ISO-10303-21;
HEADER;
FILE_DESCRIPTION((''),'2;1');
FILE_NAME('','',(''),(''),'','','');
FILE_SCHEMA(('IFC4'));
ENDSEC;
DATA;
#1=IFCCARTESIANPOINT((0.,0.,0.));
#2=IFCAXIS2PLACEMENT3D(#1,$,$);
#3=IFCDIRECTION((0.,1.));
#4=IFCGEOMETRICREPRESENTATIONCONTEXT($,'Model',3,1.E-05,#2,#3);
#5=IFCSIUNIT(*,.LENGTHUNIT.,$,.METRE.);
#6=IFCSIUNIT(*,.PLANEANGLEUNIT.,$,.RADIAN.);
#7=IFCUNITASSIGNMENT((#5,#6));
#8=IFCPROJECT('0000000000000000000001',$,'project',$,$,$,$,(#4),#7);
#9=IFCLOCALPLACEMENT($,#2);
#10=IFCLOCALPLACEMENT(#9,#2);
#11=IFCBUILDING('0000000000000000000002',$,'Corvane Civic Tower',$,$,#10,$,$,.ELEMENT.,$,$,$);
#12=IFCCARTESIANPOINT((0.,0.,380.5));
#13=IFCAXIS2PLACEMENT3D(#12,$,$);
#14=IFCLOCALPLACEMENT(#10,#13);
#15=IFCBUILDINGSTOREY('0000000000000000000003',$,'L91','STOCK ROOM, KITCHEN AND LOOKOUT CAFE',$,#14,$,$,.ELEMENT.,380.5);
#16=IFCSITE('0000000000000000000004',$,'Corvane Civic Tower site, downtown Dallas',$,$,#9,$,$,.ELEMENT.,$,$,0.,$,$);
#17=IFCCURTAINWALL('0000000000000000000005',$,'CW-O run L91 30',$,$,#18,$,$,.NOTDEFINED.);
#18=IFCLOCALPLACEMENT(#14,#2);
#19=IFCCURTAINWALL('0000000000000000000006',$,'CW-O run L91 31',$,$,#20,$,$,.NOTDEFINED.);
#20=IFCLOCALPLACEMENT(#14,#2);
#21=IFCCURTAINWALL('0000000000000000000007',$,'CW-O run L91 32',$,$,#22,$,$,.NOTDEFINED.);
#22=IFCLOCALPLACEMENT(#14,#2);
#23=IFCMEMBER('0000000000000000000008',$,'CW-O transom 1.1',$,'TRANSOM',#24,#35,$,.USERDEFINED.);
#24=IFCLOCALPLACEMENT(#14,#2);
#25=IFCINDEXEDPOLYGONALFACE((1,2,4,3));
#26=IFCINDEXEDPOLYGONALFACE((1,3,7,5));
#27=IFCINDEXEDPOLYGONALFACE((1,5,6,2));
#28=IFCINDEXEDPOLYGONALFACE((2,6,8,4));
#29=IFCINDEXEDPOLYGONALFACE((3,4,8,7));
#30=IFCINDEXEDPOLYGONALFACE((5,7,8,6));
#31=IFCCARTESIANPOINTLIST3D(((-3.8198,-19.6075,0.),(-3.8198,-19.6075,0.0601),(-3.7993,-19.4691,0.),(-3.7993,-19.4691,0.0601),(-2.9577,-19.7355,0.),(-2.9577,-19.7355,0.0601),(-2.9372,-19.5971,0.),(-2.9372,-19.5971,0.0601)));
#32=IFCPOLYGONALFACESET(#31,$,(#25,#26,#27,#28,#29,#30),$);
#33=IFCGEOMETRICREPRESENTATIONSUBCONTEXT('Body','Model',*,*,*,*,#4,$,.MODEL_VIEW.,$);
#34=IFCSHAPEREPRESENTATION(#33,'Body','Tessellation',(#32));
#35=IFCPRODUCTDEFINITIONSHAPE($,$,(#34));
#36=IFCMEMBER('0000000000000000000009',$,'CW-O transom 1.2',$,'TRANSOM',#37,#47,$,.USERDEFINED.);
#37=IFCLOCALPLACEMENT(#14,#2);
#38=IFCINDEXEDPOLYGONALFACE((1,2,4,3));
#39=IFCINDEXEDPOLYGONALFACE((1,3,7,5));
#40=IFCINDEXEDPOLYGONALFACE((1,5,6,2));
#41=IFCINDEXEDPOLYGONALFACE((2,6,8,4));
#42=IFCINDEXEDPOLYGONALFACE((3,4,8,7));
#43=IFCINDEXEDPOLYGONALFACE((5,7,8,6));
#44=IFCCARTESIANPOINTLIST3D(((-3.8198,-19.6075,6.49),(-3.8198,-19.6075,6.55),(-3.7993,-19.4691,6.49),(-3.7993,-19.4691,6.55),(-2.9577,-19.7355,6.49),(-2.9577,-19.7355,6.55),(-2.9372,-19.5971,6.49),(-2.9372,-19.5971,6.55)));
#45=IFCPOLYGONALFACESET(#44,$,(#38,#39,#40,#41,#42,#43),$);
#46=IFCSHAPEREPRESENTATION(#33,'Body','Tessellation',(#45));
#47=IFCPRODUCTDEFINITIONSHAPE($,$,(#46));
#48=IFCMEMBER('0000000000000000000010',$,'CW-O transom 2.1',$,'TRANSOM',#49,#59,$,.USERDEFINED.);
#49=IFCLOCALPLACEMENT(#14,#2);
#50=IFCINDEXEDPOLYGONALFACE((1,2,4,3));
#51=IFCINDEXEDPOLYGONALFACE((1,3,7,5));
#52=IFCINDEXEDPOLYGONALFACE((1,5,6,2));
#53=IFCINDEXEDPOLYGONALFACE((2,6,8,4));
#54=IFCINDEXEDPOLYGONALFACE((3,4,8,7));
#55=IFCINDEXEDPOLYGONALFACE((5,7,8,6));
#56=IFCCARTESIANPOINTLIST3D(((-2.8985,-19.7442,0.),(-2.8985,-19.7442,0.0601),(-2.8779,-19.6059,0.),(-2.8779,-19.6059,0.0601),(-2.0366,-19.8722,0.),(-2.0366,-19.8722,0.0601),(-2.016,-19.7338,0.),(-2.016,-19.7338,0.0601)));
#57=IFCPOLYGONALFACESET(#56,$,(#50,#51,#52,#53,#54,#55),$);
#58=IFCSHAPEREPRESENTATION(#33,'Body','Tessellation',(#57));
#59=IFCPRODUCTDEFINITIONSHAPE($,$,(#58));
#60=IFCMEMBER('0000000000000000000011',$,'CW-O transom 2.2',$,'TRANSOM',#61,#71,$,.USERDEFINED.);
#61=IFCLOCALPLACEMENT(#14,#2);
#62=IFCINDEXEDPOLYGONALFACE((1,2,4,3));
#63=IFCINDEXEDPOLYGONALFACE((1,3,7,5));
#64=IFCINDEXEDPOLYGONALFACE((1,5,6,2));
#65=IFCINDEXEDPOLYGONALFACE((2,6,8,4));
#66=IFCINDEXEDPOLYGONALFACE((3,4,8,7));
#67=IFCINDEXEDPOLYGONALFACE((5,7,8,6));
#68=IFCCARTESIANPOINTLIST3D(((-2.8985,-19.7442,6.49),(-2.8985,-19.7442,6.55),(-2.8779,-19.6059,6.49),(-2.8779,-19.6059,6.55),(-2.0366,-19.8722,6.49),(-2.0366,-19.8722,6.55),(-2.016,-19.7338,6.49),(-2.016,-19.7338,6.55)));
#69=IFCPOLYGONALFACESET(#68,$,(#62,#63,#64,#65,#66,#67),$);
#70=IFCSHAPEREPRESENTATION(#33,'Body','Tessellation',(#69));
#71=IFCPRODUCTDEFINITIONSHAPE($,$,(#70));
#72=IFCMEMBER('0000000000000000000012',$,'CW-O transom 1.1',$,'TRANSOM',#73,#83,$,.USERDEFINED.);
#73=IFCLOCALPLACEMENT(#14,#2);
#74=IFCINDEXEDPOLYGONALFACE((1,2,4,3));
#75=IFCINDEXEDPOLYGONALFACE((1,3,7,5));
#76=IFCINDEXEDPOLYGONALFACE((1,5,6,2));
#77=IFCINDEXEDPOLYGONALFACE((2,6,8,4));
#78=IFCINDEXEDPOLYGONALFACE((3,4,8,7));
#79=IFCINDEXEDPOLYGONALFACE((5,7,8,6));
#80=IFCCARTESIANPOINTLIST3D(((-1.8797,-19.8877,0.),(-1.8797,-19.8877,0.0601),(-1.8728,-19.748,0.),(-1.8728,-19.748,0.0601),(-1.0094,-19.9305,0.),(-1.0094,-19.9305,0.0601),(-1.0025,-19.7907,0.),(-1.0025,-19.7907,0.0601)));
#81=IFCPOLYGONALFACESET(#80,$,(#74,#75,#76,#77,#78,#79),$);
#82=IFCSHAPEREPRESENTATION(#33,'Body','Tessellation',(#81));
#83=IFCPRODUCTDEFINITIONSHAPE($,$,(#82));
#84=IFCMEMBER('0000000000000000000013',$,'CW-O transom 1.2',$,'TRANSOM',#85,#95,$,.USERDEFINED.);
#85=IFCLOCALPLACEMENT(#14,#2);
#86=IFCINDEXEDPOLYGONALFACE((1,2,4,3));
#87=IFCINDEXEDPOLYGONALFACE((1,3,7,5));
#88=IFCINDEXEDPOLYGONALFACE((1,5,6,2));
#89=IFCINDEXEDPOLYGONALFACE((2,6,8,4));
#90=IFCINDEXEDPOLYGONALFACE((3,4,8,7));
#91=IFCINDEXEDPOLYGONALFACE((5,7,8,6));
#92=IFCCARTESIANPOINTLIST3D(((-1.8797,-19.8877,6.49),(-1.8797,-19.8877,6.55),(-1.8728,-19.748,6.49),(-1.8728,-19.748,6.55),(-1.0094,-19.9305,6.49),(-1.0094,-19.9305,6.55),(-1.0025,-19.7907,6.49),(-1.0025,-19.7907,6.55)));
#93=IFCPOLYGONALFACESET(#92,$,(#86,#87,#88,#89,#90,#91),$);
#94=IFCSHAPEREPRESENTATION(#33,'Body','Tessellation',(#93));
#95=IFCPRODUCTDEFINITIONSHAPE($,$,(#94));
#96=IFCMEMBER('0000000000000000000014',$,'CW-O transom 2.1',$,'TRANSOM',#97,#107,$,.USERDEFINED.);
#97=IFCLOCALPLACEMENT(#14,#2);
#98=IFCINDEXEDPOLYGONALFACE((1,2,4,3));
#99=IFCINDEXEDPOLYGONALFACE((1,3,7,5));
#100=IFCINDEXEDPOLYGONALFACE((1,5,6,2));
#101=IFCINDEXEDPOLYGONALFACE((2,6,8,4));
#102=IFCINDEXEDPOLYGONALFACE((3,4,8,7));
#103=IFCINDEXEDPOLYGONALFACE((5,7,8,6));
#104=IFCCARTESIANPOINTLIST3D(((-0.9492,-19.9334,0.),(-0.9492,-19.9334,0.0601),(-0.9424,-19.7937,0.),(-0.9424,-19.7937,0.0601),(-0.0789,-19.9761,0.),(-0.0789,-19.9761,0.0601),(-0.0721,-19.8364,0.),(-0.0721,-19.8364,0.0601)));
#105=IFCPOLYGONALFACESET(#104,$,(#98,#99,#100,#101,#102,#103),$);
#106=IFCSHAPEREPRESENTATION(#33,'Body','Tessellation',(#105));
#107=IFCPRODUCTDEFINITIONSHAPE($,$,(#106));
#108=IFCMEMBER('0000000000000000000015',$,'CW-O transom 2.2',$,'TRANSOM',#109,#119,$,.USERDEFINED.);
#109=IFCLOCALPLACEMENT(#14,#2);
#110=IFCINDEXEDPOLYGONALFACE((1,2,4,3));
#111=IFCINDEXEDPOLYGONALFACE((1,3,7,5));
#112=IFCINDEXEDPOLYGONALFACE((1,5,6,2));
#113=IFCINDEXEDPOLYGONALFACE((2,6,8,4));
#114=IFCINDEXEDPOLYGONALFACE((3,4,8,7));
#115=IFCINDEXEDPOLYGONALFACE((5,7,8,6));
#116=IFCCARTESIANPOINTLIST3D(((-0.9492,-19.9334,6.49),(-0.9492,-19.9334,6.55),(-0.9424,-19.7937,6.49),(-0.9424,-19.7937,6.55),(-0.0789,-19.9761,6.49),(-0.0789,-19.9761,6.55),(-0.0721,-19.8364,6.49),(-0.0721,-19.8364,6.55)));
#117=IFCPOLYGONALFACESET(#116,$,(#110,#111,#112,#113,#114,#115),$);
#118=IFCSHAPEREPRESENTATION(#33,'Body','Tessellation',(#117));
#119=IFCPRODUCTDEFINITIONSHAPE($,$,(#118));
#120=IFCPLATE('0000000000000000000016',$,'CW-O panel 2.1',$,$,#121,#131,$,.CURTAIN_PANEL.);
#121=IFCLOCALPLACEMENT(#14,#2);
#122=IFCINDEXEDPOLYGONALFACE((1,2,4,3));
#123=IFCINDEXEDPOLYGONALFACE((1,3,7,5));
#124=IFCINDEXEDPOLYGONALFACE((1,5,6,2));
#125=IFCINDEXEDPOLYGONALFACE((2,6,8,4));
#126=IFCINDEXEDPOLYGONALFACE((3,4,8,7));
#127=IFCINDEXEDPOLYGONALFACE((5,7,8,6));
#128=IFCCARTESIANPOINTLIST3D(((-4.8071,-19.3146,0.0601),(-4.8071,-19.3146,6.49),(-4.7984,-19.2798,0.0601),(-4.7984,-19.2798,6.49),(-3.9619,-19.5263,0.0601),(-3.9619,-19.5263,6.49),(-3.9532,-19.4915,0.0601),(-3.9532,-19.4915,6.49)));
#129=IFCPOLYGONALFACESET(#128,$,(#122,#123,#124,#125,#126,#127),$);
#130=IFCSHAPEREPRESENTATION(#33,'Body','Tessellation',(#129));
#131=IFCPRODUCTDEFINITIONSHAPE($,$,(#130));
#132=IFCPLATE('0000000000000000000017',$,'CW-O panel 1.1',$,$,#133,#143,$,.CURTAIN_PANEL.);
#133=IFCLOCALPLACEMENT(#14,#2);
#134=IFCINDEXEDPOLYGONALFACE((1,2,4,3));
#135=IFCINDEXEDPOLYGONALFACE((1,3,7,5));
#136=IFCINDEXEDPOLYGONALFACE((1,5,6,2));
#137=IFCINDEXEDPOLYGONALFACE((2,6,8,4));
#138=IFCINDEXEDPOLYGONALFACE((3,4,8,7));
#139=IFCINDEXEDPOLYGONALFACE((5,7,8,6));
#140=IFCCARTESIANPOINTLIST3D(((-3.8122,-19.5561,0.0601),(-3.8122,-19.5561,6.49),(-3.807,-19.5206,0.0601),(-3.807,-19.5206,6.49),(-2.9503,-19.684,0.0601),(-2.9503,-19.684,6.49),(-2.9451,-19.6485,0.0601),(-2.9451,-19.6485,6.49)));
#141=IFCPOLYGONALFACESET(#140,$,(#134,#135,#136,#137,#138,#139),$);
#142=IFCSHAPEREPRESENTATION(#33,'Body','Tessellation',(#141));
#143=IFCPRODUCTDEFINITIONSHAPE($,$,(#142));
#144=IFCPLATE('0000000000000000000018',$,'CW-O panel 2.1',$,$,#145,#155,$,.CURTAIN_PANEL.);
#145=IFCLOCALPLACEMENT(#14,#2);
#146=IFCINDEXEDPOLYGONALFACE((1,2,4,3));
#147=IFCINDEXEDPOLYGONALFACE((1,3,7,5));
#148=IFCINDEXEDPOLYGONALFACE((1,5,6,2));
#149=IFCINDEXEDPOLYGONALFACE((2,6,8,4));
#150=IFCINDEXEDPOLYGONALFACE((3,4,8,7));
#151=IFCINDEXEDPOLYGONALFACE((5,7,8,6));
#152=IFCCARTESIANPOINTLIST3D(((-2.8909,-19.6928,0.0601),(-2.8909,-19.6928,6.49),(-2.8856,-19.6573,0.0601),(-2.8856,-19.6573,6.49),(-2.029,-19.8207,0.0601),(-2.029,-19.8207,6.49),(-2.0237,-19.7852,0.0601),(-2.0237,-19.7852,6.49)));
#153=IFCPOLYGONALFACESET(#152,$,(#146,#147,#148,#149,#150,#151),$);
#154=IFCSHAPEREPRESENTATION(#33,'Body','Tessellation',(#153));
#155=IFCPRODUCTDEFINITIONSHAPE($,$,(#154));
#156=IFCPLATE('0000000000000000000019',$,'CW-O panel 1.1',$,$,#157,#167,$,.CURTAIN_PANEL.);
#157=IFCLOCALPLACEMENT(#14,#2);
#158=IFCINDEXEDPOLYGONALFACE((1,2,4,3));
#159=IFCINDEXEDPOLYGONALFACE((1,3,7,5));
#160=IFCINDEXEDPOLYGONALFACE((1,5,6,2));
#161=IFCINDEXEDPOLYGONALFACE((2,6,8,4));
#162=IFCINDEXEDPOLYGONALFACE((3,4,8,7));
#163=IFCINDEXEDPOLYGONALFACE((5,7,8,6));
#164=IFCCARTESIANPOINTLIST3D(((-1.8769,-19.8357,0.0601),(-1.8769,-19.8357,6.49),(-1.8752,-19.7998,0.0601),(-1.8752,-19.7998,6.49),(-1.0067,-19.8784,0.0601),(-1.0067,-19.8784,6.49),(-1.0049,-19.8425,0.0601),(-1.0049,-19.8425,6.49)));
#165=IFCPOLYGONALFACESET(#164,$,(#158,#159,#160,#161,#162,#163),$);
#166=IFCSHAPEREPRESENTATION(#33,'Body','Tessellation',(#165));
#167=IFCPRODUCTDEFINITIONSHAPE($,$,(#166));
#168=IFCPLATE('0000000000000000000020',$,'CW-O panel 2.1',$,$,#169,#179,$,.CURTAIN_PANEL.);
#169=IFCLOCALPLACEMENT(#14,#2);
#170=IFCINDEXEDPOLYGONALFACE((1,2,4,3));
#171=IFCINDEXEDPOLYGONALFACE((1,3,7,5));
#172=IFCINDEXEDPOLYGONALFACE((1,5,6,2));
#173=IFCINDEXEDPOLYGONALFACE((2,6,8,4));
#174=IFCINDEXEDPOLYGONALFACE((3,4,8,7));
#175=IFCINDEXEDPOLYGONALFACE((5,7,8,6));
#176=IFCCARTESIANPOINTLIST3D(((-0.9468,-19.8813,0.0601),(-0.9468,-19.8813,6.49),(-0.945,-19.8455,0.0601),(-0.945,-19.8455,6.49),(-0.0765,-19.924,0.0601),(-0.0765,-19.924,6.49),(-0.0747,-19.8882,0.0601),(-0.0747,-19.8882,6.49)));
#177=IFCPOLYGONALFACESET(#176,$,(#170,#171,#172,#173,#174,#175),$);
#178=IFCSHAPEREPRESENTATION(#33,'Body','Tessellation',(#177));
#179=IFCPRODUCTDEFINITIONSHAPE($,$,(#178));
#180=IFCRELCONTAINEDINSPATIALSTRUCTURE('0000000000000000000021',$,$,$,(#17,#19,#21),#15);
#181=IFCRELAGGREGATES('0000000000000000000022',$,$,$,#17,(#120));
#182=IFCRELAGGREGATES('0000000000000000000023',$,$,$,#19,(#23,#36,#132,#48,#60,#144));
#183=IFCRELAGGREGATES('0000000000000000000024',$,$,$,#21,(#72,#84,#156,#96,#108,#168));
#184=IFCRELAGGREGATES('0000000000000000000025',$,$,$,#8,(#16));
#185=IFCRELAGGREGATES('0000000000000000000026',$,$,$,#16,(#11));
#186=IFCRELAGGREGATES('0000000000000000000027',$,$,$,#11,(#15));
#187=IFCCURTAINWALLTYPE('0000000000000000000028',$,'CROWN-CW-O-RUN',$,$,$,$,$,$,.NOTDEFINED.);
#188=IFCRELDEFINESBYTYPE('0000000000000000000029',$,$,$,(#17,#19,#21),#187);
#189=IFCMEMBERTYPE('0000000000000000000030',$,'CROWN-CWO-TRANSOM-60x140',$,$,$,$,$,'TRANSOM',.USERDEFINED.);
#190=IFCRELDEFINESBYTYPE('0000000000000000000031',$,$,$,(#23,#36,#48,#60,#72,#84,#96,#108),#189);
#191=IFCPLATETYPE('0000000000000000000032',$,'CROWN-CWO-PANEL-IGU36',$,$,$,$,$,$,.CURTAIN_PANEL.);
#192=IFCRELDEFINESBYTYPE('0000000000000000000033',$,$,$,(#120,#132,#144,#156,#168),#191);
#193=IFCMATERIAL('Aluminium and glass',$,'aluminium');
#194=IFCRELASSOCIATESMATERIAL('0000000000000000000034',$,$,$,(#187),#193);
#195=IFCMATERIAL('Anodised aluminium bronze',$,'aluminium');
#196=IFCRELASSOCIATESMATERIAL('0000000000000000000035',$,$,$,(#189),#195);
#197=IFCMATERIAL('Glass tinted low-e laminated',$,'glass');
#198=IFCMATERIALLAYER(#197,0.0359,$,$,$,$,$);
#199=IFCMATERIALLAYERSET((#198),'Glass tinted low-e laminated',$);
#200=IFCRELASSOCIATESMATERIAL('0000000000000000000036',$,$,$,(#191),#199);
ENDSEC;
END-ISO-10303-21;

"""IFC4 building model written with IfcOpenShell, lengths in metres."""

from ifc_helpers import new_model, si_unit, direction, frame, origin, origin_2d, place, context, subcontext, project, spatial, rectangle, extrude, material, layer, layer_set, material_profile, profile_set, type_object, element, aggregate, save


model = new_model("IFC4")

# Units and contexts
model_context = context("Model", 3, precision=1e-05, world=origin(), true_north=direction((0.0, 1.0)))
body_context = subcontext(model_context, "Body", "Model", "MODEL_VIEW")
ifc_project = project(units=[si_unit("LENGTHUNIT", "METRE"), si_unit("PLANEANGLEUNIT", "RADIAN")], contexts=[model_context])

# Site, building, storey
site_placement = place(None, origin())
site = spatial("IfcSite", under=ifc_project, at=site_placement, Name="Corvane Civic Tower site, downtown Dallas", CompositionType="ELEMENT", RefElevation=0.0)
building_placement = place(site_placement, origin())
building = spatial("IfcBuilding", under=site, at=building_placement, Name="Corvane Civic Tower", CompositionType="ELEMENT")
storey_placement = place(building_placement, frame((0.0, 0.0, 380.5)))
storey = spatial("IfcBuildingStorey", under=building, at=storey_placement, Name="L91", Description="STOCK ROOM, KITCHEN AND LOOKOUT CAFE", CompositionType="ELEMENT", Elevation=380.5)

# Curtain wall
ifc_material_1 = material(Name="Aluminium and glass", Category="aluminium")
curtain_wall_type = type_object("IfcCurtainWallType", Name="CROWN-CW-O-RUN", PredefinedType="NOTDEFINED", material=ifc_material_1)
curtain_wall_1_placement = place(storey_placement, origin())
curtain_wall_1 = element("IfcCurtainWall", 1, at=curtain_wall_1_placement, inside=storey, type_object=curtain_wall_type, Name="CW-O run L91 30", PredefinedType="NOTDEFINED")

# Curtain walls
curtain_wall_2_placement = place(storey_placement, origin())
curtain_wall_2 = element("IfcCurtainWall", 2, at=curtain_wall_2_placement, inside=storey, type_object=curtain_wall_type, Name="CW-O run L91 31", PredefinedType="NOTDEFINED")
curtain_wall_3_placement = place(storey_placement, origin())
curtain_wall_3 = element("IfcCurtainWall", 3, at=curtain_wall_3_placement, inside=storey, type_object=curtain_wall_type, Name="CW-O run L91 32", PredefinedType="NOTDEFINED")

# Members
ifc_material_2 = material(Name="Anodised aluminium bronze", Category="aluminium")
ifc_material_profile_1 = material_profile(ifc_material_2, rectangle(XDim=0.1399, YDim=0.0601, at=origin_2d()), Name="AL 140x60")
ifc_profile_set_1 = profile_set([ifc_material_profile_1], Name="Anodised aluminium bronze")
member_type_1 = type_object("IfcMemberType", Name="CROWN-CWO-TRANSOM-60x140", ElementType="TRANSOM", PredefinedType="USERDEFINED", material=ifc_profile_set_1)
member_1_placement = place(storey_placement, frame((-3.8096, -19.5383, 0.03), z_axis=(0.989167, -0.146792, 0.0), x_axis=(0.146792, 0.989167, 0.0)))
member_1 = element("IfcMember", 4, at=member_1_placement, type_object=member_type_1, Name="CW-O transom 1.1", ObjectType="TRANSOM", PredefinedType="USERDEFINED", context=body_context, shape_type="SweptSolid", body=[
    extrude(rectangle(XDim=0.1399, YDim=0.0601, at=origin_2d()), origin(), (0.0, 0.0, 1.0), 0.8716),
])
member_2_placement = place(storey_placement, frame((-3.8096, -19.5383, 6.52), z_axis=(0.989167, -0.146792, 0.0), x_axis=(0.146792, 0.989167, 0.0)))
member_2 = element("IfcMember", 5, at=member_2_placement, type_object=member_type_1, Name="CW-O transom 1.2", ObjectType="TRANSOM", PredefinedType="USERDEFINED", context=body_context, shape_type="SweptSolid", body=[
    extrude(rectangle(XDim=0.1399, YDim=0.0601, at=origin_2d()), origin(), (0.0, 0.0, 1.0), 0.8716),
])
member_3_placement = place(storey_placement, frame((-2.8882, -19.675, 0.03), z_axis=(0.989161, -0.146833, 0.0), x_axis=(0.146833, 0.989161, 0.0)))
member_3 = element("IfcMember", 6, at=member_3_placement, type_object=member_type_1, Name="CW-O transom 2.1", ObjectType="TRANSOM", PredefinedType="USERDEFINED", context=body_context, shape_type="SweptSolid", body=[
    extrude(rectangle(XDim=0.1399, YDim=0.0601, at=origin_2d()), origin(), (0.0, 0.0, 1.0), 0.8713),
])
member_4_placement = place(storey_placement, frame((-2.8882, -19.675, 6.52), z_axis=(0.989161, -0.146833, 0.0), x_axis=(0.146833, 0.989161, 0.0)))
member_4 = element("IfcMember", 7, at=member_4_placement, type_object=member_type_1, Name="CW-O transom 2.2", ObjectType="TRANSOM", PredefinedType="USERDEFINED", context=body_context, shape_type="SweptSolid", body=[
    extrude(rectangle(XDim=0.1399, YDim=0.0601, at=origin_2d()), origin(), (0.0, 0.0, 1.0), 0.8713),
])
member_5_placement = place(storey_placement, frame((-1.8762, -19.8179, 0.03), z_axis=(0.998797, -0.049029, 0.0), x_axis=(0.049029, 0.998797, 0.0)))
member_5 = element("IfcMember", 8, at=member_5_placement, type_object=member_type_1, Name="CW-O transom 1.1", ObjectType="TRANSOM", PredefinedType="USERDEFINED", context=body_context, shape_type="SweptSolid", body=[
    extrude(rectangle(XDim=0.1399, YDim=0.0601, at=origin_2d()), origin(), (0.0, 0.0, 1.0), 0.8713),
])
member_6_placement = place(storey_placement, frame((-1.8762, -19.8179, 6.52), z_axis=(0.998797, -0.049029, 0.0), x_axis=(0.049029, 0.998797, 0.0)))
member_6 = element("IfcMember", 9, at=member_6_placement, type_object=member_type_1, Name="CW-O transom 1.2", ObjectType="TRANSOM", PredefinedType="USERDEFINED", context=body_context, shape_type="SweptSolid", body=[
    extrude(rectangle(XDim=0.1399, YDim=0.0601, at=origin_2d()), origin(), (0.0, 0.0, 1.0), 0.8713),
])
member_7_placement = place(storey_placement, frame((-0.9458, -19.8635, 0.03), z_axis=(0.998797, -0.049029, 0.0), x_axis=(0.049029, 0.998797, 0.0)))
member_7 = element("IfcMember", 10, at=member_7_placement, type_object=member_type_1, Name="CW-O transom 2.1", ObjectType="TRANSOM", PredefinedType="USERDEFINED", context=body_context, shape_type="SweptSolid", body=[
    extrude(rectangle(XDim=0.1399, YDim=0.0601, at=origin_2d()), origin(), (0.0, 0.0, 1.0), 0.8713),
])
member_8_placement = place(storey_placement, frame((-0.9458, -19.8635, 6.52), z_axis=(0.998797, -0.049029, 0.0), x_axis=(0.049029, 0.998797, 0.0)))
member_8 = element("IfcMember", 11, at=member_8_placement, type_object=member_type_1, Name="CW-O transom 2.2", ObjectType="TRANSOM", PredefinedType="USERDEFINED", context=body_context, shape_type="SweptSolid", body=[
    extrude(rectangle(XDim=0.1399, YDim=0.0601, at=origin_2d()), origin(), (0.0, 0.0, 1.0), 0.8713),
])

# Plates
ifc_material_3 = material(Name="Glass tinted low-e laminated", Category="glass")
ifc_layer = layer(ifc_material_3, 0.0359)
ifc_layer_set = layer_set([ifc_layer], Name="Glass tinted low-e laminated")
plate_type = type_object("IfcPlateType", Name="CROWN-CWO-PANEL-IGU36", PredefinedType="CURTAIN_PANEL", material=ifc_layer_set)
plate_1_placement = place(storey_placement, frame((-4.3801, -19.4031, 0.0601), z_axis=(0.0, 0.0, 1.0), x_axis=(0.970038, -0.242952, 0.0)))
plate_1 = element("IfcPlate", 12, at=plate_1_placement, type_object=plate_type, Name="CW-O panel 2.1", PredefinedType="CURTAIN_PANEL", context=body_context, shape_type="SweptSolid", body=[
    extrude(rectangle(XDim=0.8713, YDim=0.0359, at=origin_2d()), origin(), (0.0, 0.0, 1.0), 6.4299),
])
aggregate(curtain_wall_1, [plate_1])
plate_2_placement = place(storey_placement, frame((-3.3787, -19.6023, 0.0601), z_axis=(0.0, 0.0, 1.0), x_axis=(0.98917, -0.146771, 0.0)))
plate_2 = element("IfcPlate", 13, at=plate_2_placement, type_object=plate_type, Name="CW-O panel 1.1", PredefinedType="CURTAIN_PANEL", context=body_context, shape_type="SweptSolid", body=[
    extrude(rectangle(XDim=0.8713, YDim=0.0359, at=origin_2d()), origin(), (0.0, 0.0, 1.0), 6.4299),
])
plate_3_placement = place(storey_placement, frame((-2.4573, -19.739, 0.0601), z_axis=(0.0, 0.0, 1.0), x_axis=(0.98917, -0.146771, 0.0)))
plate_3 = element("IfcPlate", 14, at=plate_3_placement, type_object=plate_type, Name="CW-O panel 2.1", PredefinedType="CURTAIN_PANEL", context=body_context, shape_type="SweptSolid", body=[
    extrude(rectangle(XDim=0.8713, YDim=0.0359, at=origin_2d()), origin(), (0.0, 0.0, 1.0), 6.4299),
])
aggregate(curtain_wall_2, [member_1, member_2, plate_2, member_3, member_4, plate_3])
plate_4_placement = place(storey_placement, frame((-1.4409, -19.8391, 0.0601), z_axis=(0.0, 0.0, 1.0), x_axis=(0.998799, -0.048991, 0.0)))
plate_4 = element("IfcPlate", 15, at=plate_4_placement, type_object=plate_type, Name="CW-O panel 1.1", PredefinedType="CURTAIN_PANEL", context=body_context, shape_type="SweptSolid", body=[
    extrude(rectangle(XDim=0.8713, YDim=0.0359, at=origin_2d()), origin(), (0.0, 0.0, 1.0), 6.4299),
])
plate_5_placement = place(storey_placement, frame((-0.5107, -19.8848, 0.0601), z_axis=(0.0, 0.0, 1.0), x_axis=(0.998799, -0.048991, 0.0)))
plate_5 = element("IfcPlate", 16, at=plate_5_placement, type_object=plate_type, Name="CW-O panel 2.1", PredefinedType="CURTAIN_PANEL", context=body_context, shape_type="SweptSolid", body=[
    extrude(rectangle(XDim=0.8713, YDim=0.0359, at=origin_2d()), origin(), (0.0, 0.0, 1.0), 6.4299),
])
aggregate(curtain_wall_3, [member_5, member_6, plate_4, member_7, member_8, plate_5])

save(model, "model.ifc")
